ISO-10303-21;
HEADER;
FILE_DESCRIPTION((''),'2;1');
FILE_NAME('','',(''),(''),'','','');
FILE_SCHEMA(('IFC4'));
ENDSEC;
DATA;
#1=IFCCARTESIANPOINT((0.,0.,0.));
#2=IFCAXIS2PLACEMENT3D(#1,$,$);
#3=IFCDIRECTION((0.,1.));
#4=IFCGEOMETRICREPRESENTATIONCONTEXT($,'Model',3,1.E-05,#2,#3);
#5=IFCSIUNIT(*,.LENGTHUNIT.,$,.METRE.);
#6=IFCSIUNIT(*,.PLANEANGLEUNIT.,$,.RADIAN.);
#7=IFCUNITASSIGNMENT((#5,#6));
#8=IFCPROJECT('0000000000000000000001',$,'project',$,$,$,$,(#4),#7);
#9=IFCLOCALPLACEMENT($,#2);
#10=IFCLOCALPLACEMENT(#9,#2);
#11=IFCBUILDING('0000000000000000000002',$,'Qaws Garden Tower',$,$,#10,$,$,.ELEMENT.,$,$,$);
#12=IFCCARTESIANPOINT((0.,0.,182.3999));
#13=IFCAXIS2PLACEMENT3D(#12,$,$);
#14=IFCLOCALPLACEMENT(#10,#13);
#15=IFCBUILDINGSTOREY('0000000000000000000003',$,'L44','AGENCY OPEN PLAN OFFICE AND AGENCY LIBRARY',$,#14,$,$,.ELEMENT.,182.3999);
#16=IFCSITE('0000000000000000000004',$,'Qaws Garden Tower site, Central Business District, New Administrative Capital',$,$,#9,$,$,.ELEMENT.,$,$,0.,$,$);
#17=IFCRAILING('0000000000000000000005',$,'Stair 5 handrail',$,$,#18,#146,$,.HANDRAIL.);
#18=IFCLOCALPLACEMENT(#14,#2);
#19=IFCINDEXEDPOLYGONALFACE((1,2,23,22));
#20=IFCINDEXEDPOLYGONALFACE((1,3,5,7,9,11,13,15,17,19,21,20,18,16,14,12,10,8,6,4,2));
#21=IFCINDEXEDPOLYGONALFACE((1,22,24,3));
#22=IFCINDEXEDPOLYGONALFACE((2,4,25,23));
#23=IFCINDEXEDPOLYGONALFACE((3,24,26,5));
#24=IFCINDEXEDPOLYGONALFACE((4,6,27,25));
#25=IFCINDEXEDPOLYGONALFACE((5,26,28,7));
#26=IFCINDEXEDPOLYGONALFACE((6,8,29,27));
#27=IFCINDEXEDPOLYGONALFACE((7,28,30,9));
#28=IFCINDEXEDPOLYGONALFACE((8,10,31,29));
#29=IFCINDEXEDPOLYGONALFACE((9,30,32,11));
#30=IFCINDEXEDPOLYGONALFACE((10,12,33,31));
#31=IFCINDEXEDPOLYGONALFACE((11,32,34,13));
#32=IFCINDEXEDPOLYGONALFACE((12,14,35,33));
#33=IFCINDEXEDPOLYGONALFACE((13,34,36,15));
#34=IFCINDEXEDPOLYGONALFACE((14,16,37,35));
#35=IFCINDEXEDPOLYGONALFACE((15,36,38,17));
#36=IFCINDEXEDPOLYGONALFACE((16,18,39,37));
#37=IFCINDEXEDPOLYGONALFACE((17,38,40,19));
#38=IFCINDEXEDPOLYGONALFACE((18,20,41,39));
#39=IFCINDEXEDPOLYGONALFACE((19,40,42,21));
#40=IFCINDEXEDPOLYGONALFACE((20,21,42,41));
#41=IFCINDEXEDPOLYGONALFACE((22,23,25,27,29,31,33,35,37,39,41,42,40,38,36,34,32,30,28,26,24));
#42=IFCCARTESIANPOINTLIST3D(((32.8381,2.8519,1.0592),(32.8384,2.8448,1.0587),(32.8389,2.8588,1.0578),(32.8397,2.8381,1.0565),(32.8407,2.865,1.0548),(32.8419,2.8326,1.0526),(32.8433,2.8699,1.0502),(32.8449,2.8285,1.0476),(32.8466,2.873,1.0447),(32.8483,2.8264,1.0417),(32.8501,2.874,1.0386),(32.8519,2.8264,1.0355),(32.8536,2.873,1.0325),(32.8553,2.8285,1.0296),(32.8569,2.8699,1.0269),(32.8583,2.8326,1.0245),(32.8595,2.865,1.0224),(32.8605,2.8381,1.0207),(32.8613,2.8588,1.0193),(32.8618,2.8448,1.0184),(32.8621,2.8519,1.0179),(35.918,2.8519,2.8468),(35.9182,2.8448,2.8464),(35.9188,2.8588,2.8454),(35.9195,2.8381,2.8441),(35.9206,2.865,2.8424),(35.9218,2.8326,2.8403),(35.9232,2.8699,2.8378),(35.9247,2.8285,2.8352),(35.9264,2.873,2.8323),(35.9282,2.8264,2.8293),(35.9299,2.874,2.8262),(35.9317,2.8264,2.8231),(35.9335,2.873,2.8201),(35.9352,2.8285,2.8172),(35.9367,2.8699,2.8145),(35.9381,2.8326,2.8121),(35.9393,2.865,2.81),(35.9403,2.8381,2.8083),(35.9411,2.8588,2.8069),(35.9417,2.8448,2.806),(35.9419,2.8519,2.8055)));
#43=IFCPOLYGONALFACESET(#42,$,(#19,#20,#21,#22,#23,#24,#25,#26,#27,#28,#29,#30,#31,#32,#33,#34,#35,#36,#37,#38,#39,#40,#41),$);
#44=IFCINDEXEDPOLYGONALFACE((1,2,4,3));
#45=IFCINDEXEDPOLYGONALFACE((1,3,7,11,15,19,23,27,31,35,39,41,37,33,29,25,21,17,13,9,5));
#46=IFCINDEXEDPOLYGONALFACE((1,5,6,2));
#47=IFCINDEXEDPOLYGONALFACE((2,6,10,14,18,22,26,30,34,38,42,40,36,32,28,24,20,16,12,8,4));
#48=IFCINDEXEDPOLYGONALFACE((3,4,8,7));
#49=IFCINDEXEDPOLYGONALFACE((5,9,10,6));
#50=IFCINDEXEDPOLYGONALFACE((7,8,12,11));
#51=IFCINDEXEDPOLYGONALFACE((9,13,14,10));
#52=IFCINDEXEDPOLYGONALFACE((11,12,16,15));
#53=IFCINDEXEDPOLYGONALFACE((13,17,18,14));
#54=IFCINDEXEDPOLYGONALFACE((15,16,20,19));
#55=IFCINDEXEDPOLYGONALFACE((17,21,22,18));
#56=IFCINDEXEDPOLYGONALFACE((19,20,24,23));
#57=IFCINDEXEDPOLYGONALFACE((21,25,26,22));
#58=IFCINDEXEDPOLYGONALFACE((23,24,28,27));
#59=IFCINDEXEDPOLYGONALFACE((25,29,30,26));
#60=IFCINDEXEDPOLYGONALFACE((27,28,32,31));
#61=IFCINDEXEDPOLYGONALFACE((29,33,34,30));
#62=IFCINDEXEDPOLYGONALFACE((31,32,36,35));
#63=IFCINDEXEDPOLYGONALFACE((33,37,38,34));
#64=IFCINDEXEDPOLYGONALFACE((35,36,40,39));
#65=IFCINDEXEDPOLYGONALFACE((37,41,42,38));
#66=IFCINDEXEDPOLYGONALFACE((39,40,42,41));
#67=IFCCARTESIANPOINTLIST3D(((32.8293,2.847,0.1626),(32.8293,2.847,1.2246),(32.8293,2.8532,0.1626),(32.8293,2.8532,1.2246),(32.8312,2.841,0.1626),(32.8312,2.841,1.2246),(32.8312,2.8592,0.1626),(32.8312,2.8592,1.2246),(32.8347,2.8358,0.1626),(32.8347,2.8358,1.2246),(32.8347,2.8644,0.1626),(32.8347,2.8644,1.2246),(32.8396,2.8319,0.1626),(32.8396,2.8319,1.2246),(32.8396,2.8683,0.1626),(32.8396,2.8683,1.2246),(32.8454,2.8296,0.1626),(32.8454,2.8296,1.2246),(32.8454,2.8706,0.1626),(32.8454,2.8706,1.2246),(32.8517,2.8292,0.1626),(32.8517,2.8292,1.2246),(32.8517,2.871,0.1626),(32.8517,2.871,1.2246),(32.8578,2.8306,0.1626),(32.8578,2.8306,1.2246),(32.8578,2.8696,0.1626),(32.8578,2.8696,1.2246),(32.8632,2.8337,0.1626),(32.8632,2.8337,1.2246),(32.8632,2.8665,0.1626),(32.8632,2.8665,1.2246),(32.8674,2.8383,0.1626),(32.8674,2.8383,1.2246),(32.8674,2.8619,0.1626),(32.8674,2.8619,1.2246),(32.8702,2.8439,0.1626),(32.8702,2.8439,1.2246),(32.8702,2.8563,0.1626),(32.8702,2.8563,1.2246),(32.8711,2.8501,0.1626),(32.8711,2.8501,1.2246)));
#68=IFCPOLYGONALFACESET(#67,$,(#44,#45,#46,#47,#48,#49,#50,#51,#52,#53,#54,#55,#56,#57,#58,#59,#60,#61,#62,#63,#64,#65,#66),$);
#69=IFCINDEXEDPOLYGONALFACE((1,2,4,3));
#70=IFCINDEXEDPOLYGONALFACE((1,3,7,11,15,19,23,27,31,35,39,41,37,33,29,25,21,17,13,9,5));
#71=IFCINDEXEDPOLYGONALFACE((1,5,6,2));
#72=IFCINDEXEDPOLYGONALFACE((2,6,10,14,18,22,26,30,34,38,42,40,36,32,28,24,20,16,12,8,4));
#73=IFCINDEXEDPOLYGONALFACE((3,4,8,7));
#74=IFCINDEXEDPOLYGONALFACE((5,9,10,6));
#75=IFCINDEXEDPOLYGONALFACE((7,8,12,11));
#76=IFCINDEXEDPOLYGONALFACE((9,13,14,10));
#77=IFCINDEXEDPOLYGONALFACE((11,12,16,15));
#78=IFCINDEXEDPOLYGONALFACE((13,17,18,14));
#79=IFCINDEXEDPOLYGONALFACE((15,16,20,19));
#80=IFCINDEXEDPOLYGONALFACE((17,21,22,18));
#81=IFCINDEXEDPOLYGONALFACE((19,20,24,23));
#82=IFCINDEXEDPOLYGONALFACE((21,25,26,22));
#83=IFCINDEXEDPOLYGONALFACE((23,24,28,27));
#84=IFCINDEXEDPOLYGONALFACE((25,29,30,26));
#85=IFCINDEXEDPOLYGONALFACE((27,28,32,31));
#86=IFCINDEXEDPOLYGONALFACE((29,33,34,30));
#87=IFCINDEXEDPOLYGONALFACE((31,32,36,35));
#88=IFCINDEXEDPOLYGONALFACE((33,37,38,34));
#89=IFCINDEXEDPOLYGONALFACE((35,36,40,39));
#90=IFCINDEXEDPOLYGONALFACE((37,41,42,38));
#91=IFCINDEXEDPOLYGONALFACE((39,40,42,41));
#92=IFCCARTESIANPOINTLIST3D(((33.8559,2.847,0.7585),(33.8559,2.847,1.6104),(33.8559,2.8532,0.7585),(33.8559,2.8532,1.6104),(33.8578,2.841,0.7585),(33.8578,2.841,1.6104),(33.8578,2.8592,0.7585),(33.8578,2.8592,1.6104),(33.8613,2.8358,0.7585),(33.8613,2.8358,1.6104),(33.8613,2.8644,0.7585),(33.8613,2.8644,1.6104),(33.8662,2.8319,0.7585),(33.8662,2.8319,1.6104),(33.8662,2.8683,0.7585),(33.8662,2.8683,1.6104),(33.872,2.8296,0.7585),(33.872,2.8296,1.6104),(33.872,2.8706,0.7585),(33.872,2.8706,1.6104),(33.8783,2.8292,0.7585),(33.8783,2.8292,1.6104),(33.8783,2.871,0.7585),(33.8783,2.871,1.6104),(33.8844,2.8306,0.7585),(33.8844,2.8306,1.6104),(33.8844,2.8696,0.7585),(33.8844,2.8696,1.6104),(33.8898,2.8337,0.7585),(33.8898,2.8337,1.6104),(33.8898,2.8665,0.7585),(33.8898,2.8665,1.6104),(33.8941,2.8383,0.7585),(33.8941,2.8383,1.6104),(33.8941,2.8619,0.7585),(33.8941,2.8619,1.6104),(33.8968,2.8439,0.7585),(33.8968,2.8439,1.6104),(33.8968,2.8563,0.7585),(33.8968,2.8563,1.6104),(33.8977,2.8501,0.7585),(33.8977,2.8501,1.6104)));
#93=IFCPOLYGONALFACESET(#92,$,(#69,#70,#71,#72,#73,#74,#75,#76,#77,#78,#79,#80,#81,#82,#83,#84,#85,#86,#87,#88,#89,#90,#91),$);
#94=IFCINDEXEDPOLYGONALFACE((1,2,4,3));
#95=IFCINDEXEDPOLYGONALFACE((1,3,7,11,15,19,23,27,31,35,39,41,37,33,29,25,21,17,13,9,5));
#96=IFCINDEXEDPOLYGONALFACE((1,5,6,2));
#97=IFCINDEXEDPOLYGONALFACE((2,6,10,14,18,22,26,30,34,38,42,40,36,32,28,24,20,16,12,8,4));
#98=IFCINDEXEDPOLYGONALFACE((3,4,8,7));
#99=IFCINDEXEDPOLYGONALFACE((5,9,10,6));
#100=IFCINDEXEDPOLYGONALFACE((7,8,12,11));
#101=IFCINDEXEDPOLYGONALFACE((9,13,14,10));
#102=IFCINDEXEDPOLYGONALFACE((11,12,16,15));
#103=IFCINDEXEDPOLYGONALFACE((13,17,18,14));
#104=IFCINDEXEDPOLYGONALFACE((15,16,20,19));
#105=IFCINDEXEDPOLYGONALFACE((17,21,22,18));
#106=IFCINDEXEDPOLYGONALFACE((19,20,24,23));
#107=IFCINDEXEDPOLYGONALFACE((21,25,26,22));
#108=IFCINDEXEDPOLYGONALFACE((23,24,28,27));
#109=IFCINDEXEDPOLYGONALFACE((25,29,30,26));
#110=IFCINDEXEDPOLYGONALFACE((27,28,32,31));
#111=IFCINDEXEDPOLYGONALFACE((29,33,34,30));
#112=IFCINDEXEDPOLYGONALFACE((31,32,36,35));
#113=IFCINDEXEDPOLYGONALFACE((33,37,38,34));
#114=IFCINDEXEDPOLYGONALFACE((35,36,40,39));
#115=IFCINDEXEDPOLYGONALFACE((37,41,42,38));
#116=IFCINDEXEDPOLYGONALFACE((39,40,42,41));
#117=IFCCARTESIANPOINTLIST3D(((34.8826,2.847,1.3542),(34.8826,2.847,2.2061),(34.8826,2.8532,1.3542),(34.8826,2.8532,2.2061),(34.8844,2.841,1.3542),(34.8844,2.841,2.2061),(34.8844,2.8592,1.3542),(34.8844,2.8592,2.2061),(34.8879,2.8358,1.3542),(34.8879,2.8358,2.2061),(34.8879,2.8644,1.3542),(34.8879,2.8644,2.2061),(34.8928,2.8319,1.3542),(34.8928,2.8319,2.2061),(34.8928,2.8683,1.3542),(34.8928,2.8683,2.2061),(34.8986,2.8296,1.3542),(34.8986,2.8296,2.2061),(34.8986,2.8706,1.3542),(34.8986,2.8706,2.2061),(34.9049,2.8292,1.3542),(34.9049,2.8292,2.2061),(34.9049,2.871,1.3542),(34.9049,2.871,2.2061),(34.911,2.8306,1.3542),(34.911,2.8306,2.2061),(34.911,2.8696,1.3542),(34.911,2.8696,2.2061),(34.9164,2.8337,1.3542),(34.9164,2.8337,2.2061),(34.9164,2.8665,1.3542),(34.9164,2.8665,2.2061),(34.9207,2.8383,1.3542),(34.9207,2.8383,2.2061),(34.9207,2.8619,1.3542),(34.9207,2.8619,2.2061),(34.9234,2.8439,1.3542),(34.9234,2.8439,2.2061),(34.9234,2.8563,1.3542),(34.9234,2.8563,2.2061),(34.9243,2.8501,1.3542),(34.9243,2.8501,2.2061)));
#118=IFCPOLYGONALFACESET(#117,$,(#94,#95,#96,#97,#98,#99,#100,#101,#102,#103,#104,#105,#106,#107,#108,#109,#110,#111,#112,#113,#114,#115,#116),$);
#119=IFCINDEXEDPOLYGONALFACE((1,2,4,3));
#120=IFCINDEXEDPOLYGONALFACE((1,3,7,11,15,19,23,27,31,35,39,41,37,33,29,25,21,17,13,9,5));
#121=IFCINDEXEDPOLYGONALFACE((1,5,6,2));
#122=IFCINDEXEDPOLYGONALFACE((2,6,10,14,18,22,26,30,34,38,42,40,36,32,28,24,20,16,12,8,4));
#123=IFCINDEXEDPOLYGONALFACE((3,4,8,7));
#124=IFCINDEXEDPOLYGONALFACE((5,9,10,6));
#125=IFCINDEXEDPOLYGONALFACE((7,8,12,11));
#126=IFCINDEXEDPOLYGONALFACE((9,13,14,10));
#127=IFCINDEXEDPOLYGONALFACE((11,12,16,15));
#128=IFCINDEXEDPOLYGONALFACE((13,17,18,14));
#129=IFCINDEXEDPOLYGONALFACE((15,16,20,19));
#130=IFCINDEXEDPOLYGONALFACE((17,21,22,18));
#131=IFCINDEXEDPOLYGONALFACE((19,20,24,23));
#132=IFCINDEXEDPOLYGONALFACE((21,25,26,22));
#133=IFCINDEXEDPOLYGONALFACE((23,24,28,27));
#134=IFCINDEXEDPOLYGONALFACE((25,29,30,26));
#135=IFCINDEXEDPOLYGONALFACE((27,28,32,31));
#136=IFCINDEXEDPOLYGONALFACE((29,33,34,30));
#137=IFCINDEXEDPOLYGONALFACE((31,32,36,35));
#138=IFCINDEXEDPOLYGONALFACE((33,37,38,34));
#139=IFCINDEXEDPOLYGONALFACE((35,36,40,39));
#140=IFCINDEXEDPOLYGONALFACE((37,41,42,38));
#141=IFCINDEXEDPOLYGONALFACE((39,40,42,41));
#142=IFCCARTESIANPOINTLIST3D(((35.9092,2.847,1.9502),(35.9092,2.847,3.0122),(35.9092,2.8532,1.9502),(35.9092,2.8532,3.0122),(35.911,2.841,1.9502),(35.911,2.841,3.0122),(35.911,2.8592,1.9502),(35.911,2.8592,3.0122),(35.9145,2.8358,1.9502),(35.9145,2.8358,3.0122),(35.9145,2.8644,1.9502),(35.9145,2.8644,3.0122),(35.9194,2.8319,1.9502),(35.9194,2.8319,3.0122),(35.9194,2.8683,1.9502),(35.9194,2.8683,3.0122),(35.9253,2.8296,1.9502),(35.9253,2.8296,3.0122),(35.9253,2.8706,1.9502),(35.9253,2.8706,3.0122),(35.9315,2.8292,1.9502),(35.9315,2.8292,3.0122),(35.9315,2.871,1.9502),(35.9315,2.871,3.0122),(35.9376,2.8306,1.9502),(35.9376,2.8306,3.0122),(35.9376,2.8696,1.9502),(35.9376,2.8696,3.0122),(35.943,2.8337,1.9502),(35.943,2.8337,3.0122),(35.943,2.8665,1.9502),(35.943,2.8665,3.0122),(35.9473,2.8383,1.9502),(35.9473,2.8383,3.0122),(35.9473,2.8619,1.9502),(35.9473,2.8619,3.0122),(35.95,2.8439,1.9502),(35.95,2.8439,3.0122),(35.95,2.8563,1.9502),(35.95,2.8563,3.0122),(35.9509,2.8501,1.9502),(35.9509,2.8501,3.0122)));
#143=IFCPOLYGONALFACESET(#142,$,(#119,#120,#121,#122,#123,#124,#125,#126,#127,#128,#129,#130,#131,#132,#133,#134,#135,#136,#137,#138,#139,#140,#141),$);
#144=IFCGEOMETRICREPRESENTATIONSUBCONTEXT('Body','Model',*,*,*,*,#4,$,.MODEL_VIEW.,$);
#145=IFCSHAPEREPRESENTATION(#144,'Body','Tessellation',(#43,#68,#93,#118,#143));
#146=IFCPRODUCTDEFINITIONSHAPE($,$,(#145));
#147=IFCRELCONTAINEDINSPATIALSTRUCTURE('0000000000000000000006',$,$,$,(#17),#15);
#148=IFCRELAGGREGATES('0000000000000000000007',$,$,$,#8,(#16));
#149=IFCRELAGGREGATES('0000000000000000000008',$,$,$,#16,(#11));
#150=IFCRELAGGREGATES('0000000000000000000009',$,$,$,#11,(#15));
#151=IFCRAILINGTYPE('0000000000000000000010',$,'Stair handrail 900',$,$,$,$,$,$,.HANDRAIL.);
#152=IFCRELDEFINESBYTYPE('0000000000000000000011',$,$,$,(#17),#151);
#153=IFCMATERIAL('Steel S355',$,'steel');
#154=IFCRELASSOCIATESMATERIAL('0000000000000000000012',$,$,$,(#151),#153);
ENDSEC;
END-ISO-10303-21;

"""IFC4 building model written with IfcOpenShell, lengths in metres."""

from ifc_helpers import new_model, si_unit, direction, frame, origin, origin_2d, place, context, subcontext, project, spatial, circle, extrude, material, type_object, element, save


model = new_model("IFC4")

# Units and contexts
model_context = context("Model", 3, precision=1e-05, world=origin(), true_north=direction((0.0, 1.0)))
body_context = subcontext(model_context, "Body", "Model", "MODEL_VIEW")
ifc_project = project(units=[si_unit("LENGTHUNIT", "METRE"), si_unit("PLANEANGLEUNIT", "RADIAN")], contexts=[model_context])

# Site, building, storey
site_placement = place(None, origin())
site = spatial("IfcSite", under=ifc_project, at=site_placement, Name="Qaws Garden Tower site, Central Business District, New Administrative Capital", CompositionType="ELEMENT", RefElevation=0.0)
building_placement = place(site_placement, origin())
building = spatial("IfcBuilding", under=site, at=building_placement, Name="Qaws Garden Tower", CompositionType="ELEMENT")
storey_placement = place(building_placement, frame((0.0, 0.0, 182.3999)))
storey = spatial("IfcBuildingStorey", under=building, at=storey_placement, Name="L44", Description="AGENCY OPEN PLAN OFFICE AND AGENCY LIBRARY", CompositionType="ELEMENT", Elevation=182.3999)

# Railing
ifc_material_1 = material(Name="Steel S355", Category="steel")
railing_type = type_object("IfcRailingType", Name="Stair handrail 900", PredefinedType="HANDRAIL", material=ifc_material_1)
railing_placement = place(storey_placement, frame((32.8501, 2.8501, 0.1626)))
element("IfcRailing", 1, at=railing_placement, inside=storey, type_object=railing_type, Name="Stair 5 handrail", PredefinedType="HANDRAIL", context=body_context, shape_type="SweptSolid", body=[
    extrude(circle(Radius=0.0239, at=origin_2d()), frame((0.0, 0.0, 0.876), z_axis=(0.864873, 0.0, 0.50199), x_axis=(0.0, 1.0, 0.0)), (0.0, 0.0, 1.0), 3.561),
    extrude(circle(Radius=0.021, at=origin_2d()), origin(), (0.0, 0.0, 1.0), 1.062),
    extrude(circle(Radius=0.021, at=origin_2d()), frame((1.0266, 0.0, 0.5959)), (0.0, 0.0, 1.0), 0.8518),
    extrude(circle(Radius=0.021, at=origin_2d()), frame((2.0532, 0.0, 1.1917)), (0.0, 0.0, 1.0), 0.8518),
    extrude(circle(Radius=0.021, at=origin_2d()), frame((3.0798, 0.0, 1.7876)), (0.0, 0.0, 1.0), 1.062),
])

save(model, "model.ifc")
